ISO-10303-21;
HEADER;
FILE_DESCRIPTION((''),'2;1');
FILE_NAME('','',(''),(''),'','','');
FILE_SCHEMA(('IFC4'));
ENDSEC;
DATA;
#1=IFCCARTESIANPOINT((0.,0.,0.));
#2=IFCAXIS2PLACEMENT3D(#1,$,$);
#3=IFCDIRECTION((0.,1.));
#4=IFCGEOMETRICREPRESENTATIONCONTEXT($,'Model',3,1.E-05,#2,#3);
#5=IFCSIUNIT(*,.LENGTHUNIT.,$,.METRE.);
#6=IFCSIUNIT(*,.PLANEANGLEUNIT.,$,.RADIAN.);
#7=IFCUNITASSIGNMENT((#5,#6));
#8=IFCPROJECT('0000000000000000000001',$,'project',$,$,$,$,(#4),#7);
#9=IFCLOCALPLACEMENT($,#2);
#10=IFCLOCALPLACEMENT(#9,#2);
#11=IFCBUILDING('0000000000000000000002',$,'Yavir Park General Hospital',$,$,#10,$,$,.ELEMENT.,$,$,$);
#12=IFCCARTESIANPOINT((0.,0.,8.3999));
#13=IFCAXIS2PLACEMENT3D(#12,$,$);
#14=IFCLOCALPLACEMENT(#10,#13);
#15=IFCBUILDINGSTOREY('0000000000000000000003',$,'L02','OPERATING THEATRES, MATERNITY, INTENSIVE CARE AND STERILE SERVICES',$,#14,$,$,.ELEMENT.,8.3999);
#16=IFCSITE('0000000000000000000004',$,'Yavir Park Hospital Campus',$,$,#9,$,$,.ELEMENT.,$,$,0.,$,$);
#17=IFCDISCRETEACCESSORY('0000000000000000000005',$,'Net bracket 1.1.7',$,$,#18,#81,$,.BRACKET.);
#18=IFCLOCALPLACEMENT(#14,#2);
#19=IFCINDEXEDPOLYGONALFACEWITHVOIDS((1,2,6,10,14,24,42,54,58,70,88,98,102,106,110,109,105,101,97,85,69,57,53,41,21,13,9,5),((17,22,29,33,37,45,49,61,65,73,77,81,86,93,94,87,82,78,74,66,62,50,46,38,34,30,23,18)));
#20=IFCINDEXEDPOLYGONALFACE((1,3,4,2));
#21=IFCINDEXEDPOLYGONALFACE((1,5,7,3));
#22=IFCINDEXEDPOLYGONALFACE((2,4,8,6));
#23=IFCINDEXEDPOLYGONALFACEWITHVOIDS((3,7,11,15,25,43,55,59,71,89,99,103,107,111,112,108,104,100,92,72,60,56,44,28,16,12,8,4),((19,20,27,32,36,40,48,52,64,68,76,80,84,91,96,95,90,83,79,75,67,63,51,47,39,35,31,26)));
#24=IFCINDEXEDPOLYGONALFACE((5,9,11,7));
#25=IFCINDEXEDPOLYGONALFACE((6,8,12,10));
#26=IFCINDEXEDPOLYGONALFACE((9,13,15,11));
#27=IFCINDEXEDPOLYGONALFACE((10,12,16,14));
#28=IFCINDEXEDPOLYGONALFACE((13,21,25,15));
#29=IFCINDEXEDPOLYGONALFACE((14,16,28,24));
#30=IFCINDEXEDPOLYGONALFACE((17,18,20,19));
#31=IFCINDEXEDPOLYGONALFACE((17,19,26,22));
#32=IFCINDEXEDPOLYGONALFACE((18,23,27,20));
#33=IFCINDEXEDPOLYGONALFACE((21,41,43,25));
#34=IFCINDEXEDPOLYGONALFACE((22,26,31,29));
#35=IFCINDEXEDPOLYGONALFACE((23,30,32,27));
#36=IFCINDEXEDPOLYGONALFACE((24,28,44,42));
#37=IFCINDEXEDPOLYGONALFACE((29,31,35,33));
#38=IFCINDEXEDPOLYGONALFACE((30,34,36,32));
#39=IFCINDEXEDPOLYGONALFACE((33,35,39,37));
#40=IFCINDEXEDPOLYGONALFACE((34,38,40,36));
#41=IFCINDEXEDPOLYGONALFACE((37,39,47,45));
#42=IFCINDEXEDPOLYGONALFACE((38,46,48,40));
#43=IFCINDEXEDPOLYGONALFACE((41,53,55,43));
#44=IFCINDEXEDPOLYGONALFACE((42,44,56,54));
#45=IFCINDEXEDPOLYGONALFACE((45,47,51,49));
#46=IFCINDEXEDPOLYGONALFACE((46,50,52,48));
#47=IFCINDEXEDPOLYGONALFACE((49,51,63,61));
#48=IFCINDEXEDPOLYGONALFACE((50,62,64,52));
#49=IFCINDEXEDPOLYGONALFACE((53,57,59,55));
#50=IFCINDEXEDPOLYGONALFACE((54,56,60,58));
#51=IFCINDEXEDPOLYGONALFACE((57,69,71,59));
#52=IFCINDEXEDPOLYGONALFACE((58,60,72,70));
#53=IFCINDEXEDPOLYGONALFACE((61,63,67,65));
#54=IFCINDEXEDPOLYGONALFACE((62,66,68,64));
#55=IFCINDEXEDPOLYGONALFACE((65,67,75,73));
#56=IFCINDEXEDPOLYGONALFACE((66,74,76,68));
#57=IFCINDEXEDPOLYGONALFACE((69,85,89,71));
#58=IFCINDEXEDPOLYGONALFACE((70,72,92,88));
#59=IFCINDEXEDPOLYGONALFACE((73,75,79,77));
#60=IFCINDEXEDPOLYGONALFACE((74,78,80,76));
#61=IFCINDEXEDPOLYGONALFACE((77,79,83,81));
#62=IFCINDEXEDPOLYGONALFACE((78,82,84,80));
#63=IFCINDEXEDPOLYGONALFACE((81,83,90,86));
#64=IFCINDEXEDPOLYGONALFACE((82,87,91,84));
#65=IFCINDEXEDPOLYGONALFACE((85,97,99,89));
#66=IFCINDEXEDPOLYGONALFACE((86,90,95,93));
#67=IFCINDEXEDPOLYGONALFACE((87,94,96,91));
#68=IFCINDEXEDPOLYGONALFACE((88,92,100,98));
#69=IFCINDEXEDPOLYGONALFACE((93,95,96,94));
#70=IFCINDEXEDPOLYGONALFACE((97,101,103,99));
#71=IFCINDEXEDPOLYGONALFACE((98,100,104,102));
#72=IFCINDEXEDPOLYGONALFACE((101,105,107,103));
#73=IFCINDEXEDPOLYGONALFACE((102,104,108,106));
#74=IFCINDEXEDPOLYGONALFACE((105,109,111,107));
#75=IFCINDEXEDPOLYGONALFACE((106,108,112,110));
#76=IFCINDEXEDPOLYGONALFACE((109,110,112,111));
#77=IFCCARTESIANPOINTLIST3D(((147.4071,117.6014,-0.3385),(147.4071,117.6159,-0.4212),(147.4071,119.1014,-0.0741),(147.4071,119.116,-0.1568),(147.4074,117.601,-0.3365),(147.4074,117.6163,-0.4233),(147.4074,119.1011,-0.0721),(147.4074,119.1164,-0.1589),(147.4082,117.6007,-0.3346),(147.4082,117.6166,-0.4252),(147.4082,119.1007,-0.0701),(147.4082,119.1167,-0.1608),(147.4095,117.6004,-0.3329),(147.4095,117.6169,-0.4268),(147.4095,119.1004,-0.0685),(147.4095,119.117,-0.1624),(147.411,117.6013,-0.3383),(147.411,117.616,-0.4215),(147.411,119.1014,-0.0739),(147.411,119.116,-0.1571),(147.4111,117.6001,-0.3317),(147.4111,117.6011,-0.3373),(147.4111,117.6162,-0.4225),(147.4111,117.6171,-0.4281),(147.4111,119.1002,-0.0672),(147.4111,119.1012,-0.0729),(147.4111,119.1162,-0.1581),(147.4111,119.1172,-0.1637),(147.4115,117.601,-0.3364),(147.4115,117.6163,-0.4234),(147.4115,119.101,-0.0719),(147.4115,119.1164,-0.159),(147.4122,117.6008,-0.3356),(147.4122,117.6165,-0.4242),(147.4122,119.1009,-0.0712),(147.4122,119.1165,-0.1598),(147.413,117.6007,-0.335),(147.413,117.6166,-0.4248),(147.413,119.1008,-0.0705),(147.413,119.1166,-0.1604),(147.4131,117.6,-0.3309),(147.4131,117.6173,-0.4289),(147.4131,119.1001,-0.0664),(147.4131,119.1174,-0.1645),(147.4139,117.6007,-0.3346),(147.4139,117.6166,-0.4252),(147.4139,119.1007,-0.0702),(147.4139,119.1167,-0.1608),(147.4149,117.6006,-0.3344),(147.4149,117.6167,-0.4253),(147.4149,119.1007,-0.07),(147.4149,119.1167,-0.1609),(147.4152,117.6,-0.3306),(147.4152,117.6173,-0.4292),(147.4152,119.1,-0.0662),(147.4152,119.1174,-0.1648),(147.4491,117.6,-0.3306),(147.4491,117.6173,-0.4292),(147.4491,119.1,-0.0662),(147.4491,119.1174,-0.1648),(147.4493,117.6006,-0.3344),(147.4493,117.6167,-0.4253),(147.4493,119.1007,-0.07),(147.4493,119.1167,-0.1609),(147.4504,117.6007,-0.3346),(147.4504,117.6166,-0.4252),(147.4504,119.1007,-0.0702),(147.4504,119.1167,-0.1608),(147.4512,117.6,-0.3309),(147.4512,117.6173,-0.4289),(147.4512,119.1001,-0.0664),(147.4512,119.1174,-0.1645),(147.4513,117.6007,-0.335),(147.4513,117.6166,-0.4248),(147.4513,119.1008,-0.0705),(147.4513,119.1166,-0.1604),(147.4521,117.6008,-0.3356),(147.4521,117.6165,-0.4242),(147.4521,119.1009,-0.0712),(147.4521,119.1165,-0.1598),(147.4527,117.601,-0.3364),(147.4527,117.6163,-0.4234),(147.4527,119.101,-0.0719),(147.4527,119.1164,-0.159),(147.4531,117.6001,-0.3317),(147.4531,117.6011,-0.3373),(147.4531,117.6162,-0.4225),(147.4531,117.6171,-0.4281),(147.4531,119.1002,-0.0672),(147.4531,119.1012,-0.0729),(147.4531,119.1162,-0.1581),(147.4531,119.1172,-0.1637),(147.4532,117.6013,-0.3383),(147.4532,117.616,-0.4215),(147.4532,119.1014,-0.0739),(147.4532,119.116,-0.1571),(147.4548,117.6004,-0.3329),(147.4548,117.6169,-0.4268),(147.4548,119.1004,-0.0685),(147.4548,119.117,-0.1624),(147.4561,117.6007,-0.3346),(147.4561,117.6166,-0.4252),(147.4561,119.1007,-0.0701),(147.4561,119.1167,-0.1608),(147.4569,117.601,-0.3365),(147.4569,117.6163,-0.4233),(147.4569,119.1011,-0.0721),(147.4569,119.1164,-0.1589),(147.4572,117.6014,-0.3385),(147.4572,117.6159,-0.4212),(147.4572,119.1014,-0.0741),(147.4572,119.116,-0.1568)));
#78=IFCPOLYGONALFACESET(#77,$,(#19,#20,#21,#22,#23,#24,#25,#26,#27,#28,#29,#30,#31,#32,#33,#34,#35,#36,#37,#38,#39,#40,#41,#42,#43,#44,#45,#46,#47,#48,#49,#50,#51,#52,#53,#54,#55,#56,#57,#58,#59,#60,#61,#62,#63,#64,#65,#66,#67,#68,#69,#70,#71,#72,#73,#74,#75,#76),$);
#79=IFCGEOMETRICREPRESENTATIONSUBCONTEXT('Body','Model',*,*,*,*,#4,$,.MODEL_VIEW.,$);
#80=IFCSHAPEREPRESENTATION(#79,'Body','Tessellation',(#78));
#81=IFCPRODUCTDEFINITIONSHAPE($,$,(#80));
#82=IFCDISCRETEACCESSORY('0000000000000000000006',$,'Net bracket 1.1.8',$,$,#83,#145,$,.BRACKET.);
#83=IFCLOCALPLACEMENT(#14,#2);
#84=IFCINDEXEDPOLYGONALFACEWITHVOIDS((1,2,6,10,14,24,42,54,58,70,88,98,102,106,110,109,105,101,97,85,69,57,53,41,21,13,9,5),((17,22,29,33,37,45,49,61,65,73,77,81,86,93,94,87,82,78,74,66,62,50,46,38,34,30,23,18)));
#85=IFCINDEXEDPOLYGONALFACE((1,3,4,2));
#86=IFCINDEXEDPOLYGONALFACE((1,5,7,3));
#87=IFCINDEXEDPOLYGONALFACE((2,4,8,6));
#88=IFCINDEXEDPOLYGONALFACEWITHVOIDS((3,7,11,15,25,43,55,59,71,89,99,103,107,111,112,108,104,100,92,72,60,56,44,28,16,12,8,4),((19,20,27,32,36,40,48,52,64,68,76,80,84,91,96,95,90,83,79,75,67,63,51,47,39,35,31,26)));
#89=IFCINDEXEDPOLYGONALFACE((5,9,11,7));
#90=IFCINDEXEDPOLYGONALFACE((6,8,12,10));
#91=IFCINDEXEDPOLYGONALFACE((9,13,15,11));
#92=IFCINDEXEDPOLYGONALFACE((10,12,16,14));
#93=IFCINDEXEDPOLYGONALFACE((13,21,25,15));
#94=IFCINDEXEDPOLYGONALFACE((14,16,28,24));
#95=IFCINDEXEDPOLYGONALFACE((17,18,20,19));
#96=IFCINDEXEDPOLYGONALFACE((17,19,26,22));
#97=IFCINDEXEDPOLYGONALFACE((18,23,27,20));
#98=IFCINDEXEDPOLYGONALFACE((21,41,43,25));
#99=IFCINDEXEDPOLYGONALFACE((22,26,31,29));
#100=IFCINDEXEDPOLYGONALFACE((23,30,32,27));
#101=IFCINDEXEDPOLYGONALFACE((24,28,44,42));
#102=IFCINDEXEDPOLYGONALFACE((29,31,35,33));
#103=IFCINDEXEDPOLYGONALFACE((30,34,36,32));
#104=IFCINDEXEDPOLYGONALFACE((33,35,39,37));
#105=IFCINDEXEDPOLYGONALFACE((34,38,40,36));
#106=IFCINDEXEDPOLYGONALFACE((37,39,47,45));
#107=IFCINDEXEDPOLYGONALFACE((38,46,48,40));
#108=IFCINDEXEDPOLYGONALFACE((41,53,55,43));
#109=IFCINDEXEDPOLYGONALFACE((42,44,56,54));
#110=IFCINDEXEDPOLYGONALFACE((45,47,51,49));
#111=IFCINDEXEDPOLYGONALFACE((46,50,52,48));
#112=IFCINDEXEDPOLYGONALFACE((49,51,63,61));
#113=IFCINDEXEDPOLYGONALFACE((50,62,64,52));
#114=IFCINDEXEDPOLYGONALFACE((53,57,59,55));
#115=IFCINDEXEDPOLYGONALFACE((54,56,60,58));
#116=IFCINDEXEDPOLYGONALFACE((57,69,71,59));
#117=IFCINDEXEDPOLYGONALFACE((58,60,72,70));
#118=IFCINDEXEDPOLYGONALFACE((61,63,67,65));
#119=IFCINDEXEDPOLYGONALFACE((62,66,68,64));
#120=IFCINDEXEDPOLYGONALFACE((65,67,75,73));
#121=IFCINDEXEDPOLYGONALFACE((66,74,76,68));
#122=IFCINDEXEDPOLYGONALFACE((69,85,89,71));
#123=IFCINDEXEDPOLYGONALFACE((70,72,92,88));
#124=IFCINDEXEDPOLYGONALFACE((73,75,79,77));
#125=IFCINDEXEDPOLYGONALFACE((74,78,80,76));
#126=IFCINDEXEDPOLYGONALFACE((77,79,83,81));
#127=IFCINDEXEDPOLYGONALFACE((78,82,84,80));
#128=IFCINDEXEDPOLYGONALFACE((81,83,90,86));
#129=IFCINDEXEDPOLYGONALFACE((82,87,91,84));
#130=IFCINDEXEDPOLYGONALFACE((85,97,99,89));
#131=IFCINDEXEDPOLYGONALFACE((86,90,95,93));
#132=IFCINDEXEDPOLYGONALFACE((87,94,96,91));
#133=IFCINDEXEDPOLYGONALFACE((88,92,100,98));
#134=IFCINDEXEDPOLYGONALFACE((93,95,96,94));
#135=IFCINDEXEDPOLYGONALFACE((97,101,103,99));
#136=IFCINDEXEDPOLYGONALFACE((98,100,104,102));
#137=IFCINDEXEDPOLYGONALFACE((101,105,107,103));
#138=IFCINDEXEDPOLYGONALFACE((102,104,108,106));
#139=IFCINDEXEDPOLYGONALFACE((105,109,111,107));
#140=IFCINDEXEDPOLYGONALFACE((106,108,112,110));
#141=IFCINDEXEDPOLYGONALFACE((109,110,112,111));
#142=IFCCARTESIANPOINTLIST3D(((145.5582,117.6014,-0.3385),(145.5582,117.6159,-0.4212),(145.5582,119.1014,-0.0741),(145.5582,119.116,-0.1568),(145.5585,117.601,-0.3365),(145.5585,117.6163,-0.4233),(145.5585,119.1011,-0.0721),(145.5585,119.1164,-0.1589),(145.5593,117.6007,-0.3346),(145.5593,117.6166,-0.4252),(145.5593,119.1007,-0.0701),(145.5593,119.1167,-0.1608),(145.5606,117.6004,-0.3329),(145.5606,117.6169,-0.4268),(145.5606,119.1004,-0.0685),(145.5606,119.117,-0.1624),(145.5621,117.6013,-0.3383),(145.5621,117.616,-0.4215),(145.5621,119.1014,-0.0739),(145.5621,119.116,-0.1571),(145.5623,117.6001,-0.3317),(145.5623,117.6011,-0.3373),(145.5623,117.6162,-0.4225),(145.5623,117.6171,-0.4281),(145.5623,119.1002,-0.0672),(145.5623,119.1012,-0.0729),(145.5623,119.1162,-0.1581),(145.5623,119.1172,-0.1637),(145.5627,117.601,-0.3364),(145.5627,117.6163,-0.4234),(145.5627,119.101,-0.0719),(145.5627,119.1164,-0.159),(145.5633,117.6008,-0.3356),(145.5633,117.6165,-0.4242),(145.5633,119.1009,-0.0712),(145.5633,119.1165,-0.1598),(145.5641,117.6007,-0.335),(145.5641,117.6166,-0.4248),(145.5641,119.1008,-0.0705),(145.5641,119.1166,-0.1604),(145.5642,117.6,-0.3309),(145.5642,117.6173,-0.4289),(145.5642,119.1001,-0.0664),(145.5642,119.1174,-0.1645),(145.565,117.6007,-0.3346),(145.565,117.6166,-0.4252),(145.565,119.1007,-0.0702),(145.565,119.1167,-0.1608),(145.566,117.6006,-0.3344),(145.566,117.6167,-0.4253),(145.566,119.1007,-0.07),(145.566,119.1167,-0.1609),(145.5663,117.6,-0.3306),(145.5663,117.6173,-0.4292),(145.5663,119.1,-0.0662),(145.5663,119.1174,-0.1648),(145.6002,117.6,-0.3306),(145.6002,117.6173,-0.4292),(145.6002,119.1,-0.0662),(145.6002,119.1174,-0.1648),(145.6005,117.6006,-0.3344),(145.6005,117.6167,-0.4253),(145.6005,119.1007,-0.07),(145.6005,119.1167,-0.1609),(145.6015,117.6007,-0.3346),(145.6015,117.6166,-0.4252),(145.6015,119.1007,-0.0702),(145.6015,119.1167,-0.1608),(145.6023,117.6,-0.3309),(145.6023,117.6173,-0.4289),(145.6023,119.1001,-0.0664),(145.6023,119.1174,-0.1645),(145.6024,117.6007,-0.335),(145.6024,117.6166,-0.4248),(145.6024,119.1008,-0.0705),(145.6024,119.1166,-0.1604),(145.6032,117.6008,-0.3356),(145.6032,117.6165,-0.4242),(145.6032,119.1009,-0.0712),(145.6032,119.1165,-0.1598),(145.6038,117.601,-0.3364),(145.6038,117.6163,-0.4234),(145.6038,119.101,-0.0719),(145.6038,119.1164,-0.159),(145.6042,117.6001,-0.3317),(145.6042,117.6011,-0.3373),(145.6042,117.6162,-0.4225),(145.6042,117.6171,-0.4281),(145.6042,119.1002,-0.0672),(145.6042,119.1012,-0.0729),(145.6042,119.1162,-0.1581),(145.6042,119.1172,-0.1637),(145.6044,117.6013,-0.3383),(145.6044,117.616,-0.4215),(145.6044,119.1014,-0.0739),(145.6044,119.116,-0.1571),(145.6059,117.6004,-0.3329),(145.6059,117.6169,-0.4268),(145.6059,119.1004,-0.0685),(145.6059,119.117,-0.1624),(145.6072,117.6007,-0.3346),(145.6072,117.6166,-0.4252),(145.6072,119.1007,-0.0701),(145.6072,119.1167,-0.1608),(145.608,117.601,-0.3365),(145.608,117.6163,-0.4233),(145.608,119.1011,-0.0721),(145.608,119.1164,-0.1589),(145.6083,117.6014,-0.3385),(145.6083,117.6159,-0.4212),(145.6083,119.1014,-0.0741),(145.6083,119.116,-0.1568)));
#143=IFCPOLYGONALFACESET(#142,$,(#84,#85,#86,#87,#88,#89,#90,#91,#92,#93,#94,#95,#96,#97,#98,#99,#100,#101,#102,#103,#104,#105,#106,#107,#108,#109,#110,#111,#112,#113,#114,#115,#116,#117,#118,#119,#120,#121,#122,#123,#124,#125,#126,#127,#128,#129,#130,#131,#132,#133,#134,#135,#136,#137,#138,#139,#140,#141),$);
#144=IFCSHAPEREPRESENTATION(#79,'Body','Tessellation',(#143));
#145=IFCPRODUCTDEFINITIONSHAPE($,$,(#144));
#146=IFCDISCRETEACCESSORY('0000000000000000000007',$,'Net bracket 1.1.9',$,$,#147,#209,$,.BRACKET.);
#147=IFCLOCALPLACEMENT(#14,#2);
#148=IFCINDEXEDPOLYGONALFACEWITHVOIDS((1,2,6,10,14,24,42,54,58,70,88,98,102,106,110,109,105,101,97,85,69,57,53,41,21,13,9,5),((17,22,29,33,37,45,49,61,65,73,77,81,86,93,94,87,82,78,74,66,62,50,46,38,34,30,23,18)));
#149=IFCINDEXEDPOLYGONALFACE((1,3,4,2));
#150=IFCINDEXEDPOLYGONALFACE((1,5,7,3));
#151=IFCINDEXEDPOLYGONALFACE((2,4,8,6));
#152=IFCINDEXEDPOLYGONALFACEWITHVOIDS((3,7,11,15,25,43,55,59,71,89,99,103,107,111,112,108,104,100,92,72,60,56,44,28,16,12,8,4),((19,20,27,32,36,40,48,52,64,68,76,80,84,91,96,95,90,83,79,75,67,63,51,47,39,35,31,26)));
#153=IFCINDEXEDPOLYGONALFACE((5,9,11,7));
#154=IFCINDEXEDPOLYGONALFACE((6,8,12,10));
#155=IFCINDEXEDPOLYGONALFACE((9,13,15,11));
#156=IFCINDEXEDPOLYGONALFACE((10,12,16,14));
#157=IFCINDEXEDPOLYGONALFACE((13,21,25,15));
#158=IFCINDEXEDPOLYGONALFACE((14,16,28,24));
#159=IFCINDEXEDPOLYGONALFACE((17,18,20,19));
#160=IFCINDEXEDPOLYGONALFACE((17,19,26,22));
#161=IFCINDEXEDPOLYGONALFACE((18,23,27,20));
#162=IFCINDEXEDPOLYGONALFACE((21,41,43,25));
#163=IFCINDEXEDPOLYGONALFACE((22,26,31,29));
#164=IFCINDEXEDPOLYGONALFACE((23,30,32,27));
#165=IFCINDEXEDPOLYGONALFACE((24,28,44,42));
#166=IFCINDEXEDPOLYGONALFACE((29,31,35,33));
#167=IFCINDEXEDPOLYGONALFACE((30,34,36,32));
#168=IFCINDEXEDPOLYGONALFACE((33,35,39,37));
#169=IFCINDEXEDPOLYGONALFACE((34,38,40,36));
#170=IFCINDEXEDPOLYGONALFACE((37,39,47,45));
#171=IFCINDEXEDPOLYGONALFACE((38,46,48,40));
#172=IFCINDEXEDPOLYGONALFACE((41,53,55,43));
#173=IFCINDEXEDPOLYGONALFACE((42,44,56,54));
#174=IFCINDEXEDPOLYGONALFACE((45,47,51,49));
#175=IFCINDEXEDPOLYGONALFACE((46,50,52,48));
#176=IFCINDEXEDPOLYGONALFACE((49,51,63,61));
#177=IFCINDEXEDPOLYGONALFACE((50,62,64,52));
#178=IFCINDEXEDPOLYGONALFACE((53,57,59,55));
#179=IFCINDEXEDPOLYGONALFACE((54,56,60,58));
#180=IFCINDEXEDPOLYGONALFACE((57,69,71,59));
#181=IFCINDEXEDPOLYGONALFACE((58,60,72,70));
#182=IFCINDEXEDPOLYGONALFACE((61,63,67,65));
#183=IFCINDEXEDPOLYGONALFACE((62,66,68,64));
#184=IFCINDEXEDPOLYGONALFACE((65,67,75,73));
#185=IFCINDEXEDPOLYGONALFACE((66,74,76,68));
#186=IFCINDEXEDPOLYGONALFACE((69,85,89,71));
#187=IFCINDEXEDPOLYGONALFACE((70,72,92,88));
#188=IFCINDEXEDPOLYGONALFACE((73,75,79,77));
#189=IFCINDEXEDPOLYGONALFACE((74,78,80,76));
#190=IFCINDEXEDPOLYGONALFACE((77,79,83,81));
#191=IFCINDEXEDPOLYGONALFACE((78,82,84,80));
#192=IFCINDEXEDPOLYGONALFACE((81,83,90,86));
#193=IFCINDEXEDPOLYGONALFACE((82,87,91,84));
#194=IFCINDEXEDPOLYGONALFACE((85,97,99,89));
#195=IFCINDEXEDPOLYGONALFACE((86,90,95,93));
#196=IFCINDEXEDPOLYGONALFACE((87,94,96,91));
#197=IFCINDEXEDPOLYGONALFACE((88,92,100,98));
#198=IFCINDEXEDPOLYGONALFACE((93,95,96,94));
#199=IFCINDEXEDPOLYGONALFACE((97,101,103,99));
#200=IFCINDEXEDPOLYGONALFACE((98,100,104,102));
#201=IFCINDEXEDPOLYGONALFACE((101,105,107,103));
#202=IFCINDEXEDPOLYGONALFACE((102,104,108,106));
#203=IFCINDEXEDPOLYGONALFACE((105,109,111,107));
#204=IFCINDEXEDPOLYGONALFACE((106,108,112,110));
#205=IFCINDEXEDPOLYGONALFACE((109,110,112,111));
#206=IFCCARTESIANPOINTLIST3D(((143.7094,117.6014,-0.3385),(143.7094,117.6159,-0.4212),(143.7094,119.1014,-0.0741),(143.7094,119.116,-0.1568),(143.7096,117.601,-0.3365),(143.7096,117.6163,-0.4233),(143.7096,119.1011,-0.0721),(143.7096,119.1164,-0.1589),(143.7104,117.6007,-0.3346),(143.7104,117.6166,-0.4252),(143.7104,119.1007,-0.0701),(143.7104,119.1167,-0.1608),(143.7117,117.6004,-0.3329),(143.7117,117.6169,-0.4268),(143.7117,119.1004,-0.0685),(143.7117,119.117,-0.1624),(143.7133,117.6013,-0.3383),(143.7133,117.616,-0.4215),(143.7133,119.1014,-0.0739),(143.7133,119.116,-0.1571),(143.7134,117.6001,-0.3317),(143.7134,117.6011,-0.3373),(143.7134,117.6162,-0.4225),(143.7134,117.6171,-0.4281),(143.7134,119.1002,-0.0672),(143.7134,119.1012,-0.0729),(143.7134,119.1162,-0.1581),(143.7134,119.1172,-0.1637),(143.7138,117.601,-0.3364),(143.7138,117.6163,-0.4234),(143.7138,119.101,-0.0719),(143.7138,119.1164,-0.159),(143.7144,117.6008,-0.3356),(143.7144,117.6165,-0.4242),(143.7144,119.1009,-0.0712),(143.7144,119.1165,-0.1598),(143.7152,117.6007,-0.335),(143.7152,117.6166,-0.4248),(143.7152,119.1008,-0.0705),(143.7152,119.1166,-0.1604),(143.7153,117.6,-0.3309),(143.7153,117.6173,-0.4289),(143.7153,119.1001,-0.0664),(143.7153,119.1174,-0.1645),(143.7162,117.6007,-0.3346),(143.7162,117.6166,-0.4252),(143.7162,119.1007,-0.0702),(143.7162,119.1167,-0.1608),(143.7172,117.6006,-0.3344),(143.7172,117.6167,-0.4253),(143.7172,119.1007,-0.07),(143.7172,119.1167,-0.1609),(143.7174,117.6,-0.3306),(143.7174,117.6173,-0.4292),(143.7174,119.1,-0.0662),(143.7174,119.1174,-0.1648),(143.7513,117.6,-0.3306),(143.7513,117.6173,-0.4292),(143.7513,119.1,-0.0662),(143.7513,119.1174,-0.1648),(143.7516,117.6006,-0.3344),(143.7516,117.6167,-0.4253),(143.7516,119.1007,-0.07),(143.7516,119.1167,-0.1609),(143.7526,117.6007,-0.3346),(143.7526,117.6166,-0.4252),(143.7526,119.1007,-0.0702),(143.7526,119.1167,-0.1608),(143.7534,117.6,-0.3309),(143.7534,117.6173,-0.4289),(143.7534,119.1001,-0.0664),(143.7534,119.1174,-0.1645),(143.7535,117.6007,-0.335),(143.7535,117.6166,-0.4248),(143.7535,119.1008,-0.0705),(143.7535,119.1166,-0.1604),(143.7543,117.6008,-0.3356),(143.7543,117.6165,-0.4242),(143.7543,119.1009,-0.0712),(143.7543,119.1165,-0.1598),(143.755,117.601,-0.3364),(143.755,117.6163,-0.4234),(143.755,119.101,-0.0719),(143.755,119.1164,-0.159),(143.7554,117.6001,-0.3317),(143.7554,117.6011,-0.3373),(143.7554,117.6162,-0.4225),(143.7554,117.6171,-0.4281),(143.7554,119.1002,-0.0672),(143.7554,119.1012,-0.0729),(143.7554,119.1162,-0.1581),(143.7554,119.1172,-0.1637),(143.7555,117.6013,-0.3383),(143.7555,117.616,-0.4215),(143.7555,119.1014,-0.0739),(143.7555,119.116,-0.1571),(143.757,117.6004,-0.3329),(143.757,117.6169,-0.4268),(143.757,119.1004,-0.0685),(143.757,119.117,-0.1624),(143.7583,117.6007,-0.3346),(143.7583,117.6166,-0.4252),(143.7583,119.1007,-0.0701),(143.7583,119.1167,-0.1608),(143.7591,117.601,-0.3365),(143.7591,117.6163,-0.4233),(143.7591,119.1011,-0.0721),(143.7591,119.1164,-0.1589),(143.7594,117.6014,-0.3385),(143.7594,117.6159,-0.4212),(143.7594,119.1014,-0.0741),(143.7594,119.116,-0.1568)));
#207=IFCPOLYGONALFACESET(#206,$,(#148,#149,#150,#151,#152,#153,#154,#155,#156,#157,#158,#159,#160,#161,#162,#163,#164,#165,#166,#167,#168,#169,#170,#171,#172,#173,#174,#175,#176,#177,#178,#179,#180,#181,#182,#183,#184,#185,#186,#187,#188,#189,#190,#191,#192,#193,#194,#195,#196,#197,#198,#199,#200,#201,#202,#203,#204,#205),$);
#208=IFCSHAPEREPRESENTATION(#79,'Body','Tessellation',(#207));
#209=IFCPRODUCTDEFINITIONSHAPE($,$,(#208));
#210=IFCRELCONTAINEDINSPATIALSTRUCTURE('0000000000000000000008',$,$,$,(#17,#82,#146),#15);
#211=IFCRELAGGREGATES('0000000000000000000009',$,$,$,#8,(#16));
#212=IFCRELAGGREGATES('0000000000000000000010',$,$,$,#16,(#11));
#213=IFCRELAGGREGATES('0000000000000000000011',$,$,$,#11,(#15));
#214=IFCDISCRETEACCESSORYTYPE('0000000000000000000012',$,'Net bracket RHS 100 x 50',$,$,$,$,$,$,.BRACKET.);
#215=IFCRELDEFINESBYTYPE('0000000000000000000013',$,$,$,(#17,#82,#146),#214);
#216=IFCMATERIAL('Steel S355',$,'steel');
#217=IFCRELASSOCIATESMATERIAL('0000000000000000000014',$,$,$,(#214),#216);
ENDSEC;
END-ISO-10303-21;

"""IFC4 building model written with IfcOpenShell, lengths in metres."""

from ifc_helpers import new_model, si_unit, direction, frame, origin, origin_2d, place, context, subcontext, project, spatial, hollow_rectangle, extrude, material, material_profile, profile_set, type_object, element, save


model = new_model("IFC4")

# Units and contexts
model_context = context("Model", 3, precision=1e-05, world=origin(), true_north=direction((0.0, 1.0)))
body_context = subcontext(model_context, "Body", "Model", "MODEL_VIEW")
ifc_project = project(units=[si_unit("LENGTHUNIT", "METRE"), si_unit("PLANEANGLEUNIT", "RADIAN")], contexts=[model_context])

# Site, building, storey
site_placement = place(None, origin())
site = spatial("IfcSite", under=ifc_project, at=site_placement, Name="Yavir Park Hospital Campus", CompositionType="ELEMENT", RefElevation=0.0)
building_placement = place(site_placement, origin())
building = spatial("IfcBuilding", under=site, at=building_placement, Name="Yavir Park General Hospital", CompositionType="ELEMENT")
storey_placement = place(building_placement, frame((0.0, 0.0, 8.3999)))
storey = spatial("IfcBuildingStorey", under=building, at=storey_placement, Name="L02", Description="OPERATING THEATRES, MATERNITY, INTENSIVE CARE AND STERILE SERVICES", CompositionType="ELEMENT", Elevation=8.3999)

# Discrete accessories
ifc_material_1 = material(Name="Steel S355", Category="steel")
ifc_material_profile_1 = material_profile(ifc_material_1, hollow_rectangle(XDim=0.05, YDim=0.1001, WallThickness=0.0039, InnerFilletRadius=0.0039, OuterFilletRadius=0.0081, at=origin_2d()), Name="RHS100x50x4")
ifc_profile_set_1 = profile_set([ifc_material_profile_1], Name="Steel S355")
discrete_accessory_type = type_object("IfcDiscreteAccessoryType", Name="Net bracket RHS 100 x 50", PredefinedType="BRACKET", material=ifc_profile_set_1)
for number, where, z_axis, x_axis, name in (
    (1, (147.4321, 117.6086, -0.3799), (0.0, 0.984817, 0.173593), (-1.0, 0.0, 0.0), "Net bracket 1.1.7"),
    (2, (145.5833, 117.6086, -0.3799), (0.0, 0.984817, 0.173593), (-1.0, 0.0, 0.0), "Net bracket 1.1.8"),
    (3, (143.7344, 117.6086, -0.3799), (0.0, 0.984817, 0.173593), (-1.0, 0.0, 0.0), "Net bracket 1.1.9"),
):
    element("IfcDiscreteAccessory", number, at=place(storey_placement, frame(where, z_axis=z_axis, x_axis=x_axis)), inside=storey, type_object=discrete_accessory_type, Name=name, PredefinedType="BRACKET", context=body_context, shape_type="SweptSolid", body=[
        extrude(hollow_rectangle(XDim=0.05, YDim=0.1001, WallThickness=0.0039, InnerFilletRadius=0.0039, OuterFilletRadius=0.0081, at=origin_2d()), origin(), (0.0, 0.0, 1.0), 1.5232),
    ])

save(model, "model.ifc")
